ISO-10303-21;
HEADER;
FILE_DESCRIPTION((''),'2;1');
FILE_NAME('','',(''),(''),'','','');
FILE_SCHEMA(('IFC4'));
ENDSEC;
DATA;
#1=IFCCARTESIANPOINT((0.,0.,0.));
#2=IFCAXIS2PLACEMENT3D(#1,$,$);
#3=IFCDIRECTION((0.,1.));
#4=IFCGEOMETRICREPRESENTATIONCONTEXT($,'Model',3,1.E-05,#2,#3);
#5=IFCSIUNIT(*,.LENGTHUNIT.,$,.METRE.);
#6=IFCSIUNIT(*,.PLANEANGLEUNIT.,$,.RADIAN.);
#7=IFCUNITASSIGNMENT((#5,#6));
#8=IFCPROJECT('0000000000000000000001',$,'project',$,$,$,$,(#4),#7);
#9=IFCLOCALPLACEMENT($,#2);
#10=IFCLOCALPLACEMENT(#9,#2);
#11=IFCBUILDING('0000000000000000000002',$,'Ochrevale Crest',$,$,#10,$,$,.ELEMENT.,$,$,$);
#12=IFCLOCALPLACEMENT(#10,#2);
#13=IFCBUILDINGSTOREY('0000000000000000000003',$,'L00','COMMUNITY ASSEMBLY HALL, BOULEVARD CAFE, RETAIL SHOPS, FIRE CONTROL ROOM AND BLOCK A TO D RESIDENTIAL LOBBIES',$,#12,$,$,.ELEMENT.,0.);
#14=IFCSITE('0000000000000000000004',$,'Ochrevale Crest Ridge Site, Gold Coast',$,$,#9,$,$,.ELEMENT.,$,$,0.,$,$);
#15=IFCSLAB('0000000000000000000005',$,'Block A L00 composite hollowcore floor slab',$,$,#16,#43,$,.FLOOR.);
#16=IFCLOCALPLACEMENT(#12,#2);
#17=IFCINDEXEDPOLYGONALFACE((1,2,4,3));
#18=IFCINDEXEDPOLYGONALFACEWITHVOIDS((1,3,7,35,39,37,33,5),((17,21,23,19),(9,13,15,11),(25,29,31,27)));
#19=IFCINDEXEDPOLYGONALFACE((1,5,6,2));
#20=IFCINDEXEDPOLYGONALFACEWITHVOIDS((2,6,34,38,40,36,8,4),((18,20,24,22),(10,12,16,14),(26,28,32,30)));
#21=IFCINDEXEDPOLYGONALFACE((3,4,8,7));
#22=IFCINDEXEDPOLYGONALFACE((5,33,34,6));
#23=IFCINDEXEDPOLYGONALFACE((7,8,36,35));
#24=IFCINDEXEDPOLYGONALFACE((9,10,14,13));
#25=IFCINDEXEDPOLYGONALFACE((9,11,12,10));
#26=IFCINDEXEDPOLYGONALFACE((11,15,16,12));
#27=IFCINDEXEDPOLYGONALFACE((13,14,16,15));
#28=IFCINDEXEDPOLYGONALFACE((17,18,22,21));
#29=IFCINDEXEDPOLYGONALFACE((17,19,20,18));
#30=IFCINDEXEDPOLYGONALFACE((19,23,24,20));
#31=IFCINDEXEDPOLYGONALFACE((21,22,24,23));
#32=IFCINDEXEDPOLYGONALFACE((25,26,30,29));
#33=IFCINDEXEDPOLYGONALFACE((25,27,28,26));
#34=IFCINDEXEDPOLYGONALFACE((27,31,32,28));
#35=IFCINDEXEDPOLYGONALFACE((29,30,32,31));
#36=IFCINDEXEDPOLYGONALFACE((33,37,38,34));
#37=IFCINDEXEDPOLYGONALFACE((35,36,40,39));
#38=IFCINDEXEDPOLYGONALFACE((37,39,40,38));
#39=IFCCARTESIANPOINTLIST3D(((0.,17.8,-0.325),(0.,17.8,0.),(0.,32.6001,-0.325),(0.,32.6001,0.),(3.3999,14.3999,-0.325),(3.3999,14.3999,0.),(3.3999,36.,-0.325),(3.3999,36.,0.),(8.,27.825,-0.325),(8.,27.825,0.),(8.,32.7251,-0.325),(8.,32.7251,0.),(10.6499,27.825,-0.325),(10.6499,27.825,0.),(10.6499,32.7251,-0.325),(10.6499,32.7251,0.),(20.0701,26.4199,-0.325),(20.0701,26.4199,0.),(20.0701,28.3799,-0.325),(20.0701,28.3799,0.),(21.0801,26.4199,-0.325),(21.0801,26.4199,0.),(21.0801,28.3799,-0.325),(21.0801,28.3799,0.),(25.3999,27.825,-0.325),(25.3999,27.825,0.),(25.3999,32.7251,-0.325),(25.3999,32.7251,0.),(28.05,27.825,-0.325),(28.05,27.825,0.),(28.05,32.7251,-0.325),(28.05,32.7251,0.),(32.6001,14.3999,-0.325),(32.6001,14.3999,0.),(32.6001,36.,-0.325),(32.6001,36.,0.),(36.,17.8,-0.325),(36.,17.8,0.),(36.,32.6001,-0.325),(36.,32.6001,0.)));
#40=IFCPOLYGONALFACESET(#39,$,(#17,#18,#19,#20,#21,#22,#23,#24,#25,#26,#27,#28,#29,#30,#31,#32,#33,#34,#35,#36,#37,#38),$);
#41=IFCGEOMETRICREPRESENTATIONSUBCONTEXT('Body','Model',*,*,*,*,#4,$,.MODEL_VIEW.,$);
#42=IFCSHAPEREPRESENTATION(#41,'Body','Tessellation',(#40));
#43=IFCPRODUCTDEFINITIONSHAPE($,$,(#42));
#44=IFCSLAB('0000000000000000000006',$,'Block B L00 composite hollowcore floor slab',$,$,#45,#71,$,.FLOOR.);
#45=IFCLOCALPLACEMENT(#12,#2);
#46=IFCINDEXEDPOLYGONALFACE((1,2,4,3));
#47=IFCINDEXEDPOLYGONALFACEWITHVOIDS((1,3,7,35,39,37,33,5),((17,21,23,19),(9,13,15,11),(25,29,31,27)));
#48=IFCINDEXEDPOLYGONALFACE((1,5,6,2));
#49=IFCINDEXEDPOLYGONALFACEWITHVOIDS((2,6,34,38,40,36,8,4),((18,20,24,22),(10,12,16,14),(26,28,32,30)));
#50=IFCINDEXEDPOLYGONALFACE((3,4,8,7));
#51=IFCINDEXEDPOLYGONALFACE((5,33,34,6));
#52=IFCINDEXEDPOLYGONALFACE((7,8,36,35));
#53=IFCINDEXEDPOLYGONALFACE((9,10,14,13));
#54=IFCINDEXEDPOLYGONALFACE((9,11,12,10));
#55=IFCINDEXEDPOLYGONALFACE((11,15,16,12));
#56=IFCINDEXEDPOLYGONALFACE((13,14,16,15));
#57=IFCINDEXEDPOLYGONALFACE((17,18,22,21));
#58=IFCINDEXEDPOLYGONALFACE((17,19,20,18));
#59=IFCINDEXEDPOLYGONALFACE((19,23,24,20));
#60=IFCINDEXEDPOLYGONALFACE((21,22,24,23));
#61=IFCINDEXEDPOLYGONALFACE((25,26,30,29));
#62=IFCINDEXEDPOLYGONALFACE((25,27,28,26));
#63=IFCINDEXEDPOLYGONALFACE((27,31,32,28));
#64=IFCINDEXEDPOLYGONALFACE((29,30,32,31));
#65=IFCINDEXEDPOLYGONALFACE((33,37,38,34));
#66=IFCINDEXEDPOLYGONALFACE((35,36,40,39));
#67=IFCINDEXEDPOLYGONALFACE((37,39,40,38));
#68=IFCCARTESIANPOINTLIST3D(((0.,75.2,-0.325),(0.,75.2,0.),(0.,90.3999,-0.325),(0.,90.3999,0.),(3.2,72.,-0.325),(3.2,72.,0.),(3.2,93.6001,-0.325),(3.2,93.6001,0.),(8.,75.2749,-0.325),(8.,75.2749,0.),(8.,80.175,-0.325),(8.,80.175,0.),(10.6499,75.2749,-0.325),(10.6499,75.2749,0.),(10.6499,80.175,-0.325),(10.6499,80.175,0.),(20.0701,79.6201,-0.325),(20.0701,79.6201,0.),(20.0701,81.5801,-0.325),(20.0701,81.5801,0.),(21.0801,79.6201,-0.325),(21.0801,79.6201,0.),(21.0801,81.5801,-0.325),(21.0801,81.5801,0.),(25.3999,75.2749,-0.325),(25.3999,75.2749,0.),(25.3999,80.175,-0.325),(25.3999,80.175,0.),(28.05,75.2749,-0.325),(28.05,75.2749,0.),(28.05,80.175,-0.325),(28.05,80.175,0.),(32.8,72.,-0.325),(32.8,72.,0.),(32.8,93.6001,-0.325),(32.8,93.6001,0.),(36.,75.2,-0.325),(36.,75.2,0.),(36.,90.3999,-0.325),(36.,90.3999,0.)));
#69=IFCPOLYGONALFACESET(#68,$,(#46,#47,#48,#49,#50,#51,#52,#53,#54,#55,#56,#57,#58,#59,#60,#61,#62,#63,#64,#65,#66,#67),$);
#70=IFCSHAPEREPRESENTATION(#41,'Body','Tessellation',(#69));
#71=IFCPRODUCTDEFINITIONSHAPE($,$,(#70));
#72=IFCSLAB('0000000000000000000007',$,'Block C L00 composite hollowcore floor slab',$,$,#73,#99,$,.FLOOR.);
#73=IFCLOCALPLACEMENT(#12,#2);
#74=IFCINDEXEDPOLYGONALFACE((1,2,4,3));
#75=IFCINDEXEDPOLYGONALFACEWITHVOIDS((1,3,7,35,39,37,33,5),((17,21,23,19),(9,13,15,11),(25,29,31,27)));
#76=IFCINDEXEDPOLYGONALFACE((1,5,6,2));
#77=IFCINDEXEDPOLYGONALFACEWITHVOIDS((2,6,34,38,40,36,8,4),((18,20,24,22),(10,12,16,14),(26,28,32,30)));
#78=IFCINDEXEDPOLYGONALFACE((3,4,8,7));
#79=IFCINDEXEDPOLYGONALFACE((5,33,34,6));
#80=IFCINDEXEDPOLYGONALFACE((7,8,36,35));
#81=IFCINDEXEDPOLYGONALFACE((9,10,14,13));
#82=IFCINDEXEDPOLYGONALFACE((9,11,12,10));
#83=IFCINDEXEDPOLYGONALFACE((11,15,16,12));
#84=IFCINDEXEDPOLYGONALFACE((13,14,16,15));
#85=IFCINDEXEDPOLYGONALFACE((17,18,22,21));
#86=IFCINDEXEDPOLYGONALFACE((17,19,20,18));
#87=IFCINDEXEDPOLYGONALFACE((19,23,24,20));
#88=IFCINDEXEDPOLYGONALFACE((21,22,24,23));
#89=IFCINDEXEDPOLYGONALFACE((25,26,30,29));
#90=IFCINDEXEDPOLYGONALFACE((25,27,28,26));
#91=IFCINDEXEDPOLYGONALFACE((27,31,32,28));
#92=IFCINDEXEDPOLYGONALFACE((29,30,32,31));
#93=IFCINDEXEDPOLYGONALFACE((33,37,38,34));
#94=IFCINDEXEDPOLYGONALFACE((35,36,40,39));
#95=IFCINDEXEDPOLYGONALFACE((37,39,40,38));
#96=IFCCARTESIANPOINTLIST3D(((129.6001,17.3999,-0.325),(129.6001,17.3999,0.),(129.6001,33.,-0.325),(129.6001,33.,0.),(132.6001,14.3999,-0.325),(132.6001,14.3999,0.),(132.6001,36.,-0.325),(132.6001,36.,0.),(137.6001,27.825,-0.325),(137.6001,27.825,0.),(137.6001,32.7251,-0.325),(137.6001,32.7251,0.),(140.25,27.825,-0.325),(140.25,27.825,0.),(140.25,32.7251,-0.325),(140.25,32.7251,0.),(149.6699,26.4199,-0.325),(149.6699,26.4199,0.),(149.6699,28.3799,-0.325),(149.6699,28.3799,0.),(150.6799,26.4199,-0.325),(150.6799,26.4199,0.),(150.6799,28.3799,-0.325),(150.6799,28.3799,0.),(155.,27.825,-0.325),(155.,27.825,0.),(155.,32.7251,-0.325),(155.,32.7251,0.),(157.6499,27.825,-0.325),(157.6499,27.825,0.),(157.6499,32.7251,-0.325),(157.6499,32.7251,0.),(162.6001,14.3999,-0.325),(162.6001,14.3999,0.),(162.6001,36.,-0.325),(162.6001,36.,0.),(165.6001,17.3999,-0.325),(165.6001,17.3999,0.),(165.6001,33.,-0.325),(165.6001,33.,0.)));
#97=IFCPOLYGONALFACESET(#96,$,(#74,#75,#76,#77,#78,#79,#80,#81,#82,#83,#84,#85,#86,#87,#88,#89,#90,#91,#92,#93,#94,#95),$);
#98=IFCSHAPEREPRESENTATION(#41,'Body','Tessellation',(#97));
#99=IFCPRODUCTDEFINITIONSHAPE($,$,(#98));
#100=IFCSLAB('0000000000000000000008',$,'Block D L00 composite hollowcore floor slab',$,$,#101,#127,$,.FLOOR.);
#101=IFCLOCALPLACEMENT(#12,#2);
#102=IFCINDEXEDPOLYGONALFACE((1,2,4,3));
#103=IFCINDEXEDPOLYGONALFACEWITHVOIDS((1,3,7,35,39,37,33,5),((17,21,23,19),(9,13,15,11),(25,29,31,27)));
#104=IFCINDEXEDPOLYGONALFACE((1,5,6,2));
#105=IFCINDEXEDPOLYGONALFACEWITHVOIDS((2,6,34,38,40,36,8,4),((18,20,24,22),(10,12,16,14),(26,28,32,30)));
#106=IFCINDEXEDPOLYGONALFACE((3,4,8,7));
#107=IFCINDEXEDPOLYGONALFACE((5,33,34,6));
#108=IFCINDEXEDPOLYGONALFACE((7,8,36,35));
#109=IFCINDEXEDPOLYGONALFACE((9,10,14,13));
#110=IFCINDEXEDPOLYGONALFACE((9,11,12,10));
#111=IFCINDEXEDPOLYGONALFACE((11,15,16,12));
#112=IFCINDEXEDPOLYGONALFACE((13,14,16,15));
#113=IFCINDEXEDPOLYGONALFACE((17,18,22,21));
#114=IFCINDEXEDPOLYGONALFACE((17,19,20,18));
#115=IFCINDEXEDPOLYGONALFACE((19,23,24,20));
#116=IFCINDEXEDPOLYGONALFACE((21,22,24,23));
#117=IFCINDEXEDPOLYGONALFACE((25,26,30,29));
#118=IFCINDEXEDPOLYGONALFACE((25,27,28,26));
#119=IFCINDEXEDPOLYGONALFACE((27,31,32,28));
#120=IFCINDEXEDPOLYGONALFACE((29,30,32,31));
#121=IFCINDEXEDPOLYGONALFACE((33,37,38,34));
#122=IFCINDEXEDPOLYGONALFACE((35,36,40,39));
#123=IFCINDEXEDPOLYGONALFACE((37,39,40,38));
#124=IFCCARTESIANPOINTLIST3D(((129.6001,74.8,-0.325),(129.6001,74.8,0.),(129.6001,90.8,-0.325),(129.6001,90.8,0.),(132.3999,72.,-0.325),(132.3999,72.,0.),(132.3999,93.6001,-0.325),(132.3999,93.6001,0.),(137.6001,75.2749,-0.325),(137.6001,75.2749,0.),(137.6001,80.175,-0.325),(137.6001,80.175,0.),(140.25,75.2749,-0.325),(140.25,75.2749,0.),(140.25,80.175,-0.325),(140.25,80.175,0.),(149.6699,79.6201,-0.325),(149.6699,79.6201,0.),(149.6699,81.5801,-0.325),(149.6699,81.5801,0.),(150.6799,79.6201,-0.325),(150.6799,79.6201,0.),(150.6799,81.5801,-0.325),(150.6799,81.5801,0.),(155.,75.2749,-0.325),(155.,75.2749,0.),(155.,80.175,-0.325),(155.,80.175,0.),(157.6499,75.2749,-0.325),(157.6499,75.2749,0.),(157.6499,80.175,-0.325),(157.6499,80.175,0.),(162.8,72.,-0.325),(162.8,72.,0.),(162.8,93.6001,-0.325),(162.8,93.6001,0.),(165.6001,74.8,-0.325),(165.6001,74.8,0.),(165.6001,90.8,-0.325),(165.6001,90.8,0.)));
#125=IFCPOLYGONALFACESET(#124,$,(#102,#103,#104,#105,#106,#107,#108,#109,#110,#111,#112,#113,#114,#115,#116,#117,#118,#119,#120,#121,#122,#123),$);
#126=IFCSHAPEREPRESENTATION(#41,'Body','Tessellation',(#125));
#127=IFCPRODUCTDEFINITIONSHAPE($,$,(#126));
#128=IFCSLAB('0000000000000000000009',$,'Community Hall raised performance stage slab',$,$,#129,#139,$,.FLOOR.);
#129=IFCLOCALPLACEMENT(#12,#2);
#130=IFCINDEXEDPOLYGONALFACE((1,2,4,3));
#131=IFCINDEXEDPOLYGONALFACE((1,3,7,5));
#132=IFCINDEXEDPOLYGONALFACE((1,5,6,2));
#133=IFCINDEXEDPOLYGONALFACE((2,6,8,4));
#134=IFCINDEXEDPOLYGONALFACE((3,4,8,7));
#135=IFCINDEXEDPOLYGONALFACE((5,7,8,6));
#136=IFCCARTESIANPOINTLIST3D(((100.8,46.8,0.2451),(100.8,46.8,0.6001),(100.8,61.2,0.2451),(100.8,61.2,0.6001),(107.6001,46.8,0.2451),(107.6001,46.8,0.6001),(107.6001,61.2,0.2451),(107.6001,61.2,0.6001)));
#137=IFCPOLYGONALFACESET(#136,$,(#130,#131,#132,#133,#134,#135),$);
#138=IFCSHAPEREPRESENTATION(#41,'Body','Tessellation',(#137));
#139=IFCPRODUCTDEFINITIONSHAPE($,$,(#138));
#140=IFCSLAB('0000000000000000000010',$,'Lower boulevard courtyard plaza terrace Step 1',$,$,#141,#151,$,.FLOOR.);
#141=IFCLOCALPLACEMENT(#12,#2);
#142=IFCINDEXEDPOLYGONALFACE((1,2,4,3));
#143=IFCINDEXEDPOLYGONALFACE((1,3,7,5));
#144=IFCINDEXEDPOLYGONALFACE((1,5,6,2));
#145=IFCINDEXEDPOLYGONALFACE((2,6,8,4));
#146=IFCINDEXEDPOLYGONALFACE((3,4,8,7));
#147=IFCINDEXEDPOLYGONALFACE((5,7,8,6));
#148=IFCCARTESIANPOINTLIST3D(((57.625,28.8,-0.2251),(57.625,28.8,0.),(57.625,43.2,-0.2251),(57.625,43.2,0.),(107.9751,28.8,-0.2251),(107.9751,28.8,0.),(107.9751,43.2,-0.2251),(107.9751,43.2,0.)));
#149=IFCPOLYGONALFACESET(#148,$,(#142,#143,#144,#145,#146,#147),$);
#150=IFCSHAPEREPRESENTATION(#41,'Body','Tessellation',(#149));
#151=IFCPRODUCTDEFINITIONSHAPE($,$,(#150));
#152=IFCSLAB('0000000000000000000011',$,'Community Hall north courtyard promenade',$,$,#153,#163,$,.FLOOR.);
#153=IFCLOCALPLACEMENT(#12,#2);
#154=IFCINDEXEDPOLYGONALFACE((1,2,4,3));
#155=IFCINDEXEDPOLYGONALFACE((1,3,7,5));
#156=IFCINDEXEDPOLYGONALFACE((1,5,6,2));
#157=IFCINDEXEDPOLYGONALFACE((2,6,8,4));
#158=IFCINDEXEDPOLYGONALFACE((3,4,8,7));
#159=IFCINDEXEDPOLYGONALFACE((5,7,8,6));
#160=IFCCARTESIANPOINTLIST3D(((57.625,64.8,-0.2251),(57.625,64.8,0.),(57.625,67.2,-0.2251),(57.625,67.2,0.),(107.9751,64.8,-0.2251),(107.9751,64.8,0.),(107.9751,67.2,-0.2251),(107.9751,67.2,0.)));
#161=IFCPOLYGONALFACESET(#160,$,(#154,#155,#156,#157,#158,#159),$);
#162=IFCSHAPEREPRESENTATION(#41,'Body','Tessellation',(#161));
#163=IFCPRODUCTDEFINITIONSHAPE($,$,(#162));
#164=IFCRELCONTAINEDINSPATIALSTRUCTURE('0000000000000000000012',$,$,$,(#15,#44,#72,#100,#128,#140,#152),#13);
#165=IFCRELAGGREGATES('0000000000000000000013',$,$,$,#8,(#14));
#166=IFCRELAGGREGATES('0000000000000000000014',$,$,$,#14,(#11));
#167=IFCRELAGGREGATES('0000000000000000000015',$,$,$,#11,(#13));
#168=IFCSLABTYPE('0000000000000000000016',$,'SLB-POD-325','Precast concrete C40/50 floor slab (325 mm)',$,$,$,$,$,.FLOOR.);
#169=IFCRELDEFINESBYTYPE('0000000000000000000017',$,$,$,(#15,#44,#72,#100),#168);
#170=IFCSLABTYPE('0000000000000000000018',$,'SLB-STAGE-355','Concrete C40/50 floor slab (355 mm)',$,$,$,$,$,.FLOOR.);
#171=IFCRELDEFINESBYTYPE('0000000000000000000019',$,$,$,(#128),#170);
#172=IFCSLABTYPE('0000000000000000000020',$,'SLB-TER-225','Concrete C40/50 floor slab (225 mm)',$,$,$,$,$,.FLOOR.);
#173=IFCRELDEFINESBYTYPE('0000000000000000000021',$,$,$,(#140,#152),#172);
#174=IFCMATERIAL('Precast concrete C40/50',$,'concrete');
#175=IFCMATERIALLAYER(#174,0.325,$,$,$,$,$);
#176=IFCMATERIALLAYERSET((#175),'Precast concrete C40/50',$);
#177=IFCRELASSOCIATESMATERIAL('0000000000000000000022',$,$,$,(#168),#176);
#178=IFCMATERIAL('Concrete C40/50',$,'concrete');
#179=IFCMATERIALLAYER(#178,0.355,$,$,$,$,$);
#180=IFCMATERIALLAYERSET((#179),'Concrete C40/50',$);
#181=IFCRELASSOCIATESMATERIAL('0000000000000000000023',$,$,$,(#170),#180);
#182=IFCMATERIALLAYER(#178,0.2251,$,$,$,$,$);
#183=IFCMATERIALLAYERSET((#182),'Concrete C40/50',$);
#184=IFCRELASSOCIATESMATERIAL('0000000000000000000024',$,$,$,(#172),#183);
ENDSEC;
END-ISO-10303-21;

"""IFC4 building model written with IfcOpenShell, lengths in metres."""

from ifc_helpers import new_model, si_unit, direction, frame, origin, place, context, subcontext, project, spatial, polyline, outline, extrude, material, layer, layer_set, type_object, element, save


model = new_model("IFC4")

# Units and contexts
model_context = context("Model", 3, precision=1e-05, world=origin(), true_north=direction((0.0, 1.0)))
body_context = subcontext(model_context, "Body", "Model", "MODEL_VIEW")
ifc_project = project(units=[si_unit("LENGTHUNIT", "METRE"), si_unit("PLANEANGLEUNIT", "RADIAN")], contexts=[model_context])

# Site, building, storey
site_placement = place(None, origin())
site = spatial("IfcSite", under=ifc_project, at=site_placement, Name="Ochrevale Crest Ridge Site, Gold Coast", CompositionType="ELEMENT", RefElevation=0.0)
building_placement = place(site_placement, origin())
building = spatial("IfcBuilding", under=site, at=building_placement, Name="Ochrevale Crest", CompositionType="ELEMENT")
storey_placement = place(building_placement, origin())
storey = spatial("IfcBuildingStorey", under=building, at=storey_placement, Name="L00", Description="COMMUNITY ASSEMBLY HALL, BOULEVARD CAFE, RETAIL SHOPS, FIRE CONTROL ROOM AND BLOCK A TO D RESIDENTIAL LOBBIES", CompositionType="ELEMENT", Elevation=0.0)

# Shared definitions
ifc_material_1 = material(Name="Concrete C40/50", Category="concrete")

# Slabs
ifc_material_2 = material(Name="Precast concrete C40/50", Category="concrete")
ifc_layer_1 = layer(ifc_material_2, 0.325)
ifc_layer_set_1 = layer_set([ifc_layer_1], Name="Precast concrete C40/50")
slab_type_1 = type_object("IfcSlabType", Name="SLB-POD-325", Description="Precast concrete C40/50 floor slab (325 mm)", PredefinedType="FLOOR", material=ifc_layer_set_1)
slab_1_placement = place(storey_placement, frame((0.0, 0.0, -0.325)))
element("IfcSlab", 1, at=slab_1_placement, inside=storey, type_object=slab_type_1, Name="Block A L00 composite hollowcore floor slab", PredefinedType="FLOOR", context=body_context, shape_type="SweptSolid", body=[
    extrude(outline(polyline([(3.3999, 14.3999), (32.6001, 14.3999), (36.0, 17.8), (36.0, 32.6001), (32.6001, 36.0), (3.3999, 36.0), (0.0, 32.6001), (0.0, 17.8), (3.3999, 14.3999)]), holes=[polyline([(10.6499, 27.825), (10.6499, 32.7251), (8.0, 32.7251), (8.0, 27.825), (10.6499, 27.825)]), polyline([(28.05, 27.825), (28.05, 32.7251), (25.3999, 32.7251), (25.3999, 27.825), (28.05, 27.825)]), polyline([(20.0701, 26.4199), (21.0801, 26.4199), (21.0801, 28.3799), (20.0701, 28.3799), (20.0701, 26.4199)])]), origin(), (0.0, 0.0, 1.0), 0.325),
])
slab_2_placement = place(storey_placement, frame((0.0, 0.0, -0.325)))
element("IfcSlab", 2, at=slab_2_placement, inside=storey, type_object=slab_type_1, Name="Block B L00 composite hollowcore floor slab", PredefinedType="FLOOR", context=body_context, shape_type="SweptSolid", body=[
    extrude(outline(polyline([(3.2, 72.0), (32.8, 72.0), (36.0, 75.2), (36.0, 90.3999), (32.8, 93.6001), (3.2, 93.6001), (0.0, 90.3999), (0.0, 75.2), (3.2, 72.0)]), holes=[polyline([(8.0, 80.175), (8.0, 75.2749), (10.6499, 75.2749), (10.6499, 80.175), (8.0, 80.175)]), polyline([(25.3999, 80.175), (25.3999, 75.2749), (28.05, 75.2749), (28.05, 80.175), (25.3999, 80.175)]), polyline([(20.0701, 79.6201), (21.0801, 79.6201), (21.0801, 81.5801), (20.0701, 81.5801), (20.0701, 79.6201)])]), origin(), (0.0, 0.0, 1.0), 0.325),
])
slab_3_placement = place(storey_placement, frame((0.0, 0.0, -0.325)))
element("IfcSlab", 3, at=slab_3_placement, inside=storey, type_object=slab_type_1, Name="Block C L00 composite hollowcore floor slab", PredefinedType="FLOOR", context=body_context, shape_type="SweptSolid", body=[
    extrude(outline(polyline([(132.6001, 14.3999), (162.6001, 14.3999), (165.6001, 17.3999), (165.6001, 33.0), (162.6001, 36.0), (132.6001, 36.0), (129.6001, 33.0), (129.6001, 17.3999), (132.6001, 14.3999)]), holes=[polyline([(140.25, 27.825), (140.25, 32.7251), (137.6001, 32.7251), (137.6001, 27.825), (140.25, 27.825)]), polyline([(157.6499, 27.825), (157.6499, 32.7251), (155.0, 32.7251), (155.0, 27.825), (157.6499, 27.825)]), polyline([(149.6699, 26.4199), (150.6799, 26.4199), (150.6799, 28.3799), (149.6699, 28.3799), (149.6699, 26.4199)])]), origin(), (0.0, 0.0, 1.0), 0.325),
])
slab_4_placement = place(storey_placement, frame((0.0, 0.0, -0.325)))
element("IfcSlab", 4, at=slab_4_placement, inside=storey, type_object=slab_type_1, Name="Block D L00 composite hollowcore floor slab", PredefinedType="FLOOR", context=body_context, shape_type="SweptSolid", body=[
    extrude(outline(polyline([(132.3999, 72.0), (162.8, 72.0), (165.6001, 74.8), (165.6001, 90.8), (162.8, 93.6001), (132.3999, 93.6001), (129.6001, 90.8), (129.6001, 74.8), (132.3999, 72.0)]), holes=[polyline([(137.6001, 80.175), (137.6001, 75.2749), (140.25, 75.2749), (140.25, 80.175), (137.6001, 80.175)]), polyline([(155.0, 80.175), (155.0, 75.2749), (157.6499, 75.2749), (157.6499, 80.175), (155.0, 80.175)]), polyline([(149.6699, 79.6201), (150.6799, 79.6201), (150.6799, 81.5801), (149.6699, 81.5801), (149.6699, 79.6201)])]), origin(), (0.0, 0.0, 1.0), 0.325),
])
ifc_layer_2 = layer(ifc_material_1, 0.355)
ifc_layer_set_2 = layer_set([ifc_layer_2], Name="Concrete C40/50")
slab_type_2 = type_object("IfcSlabType", Name="SLB-STAGE-355", Description="Concrete C40/50 floor slab (355 mm)", PredefinedType="FLOOR", material=ifc_layer_set_2)
slab_5_placement = place(storey_placement, frame((0.0, 0.0, 0.2451)))
element("IfcSlab", 5, at=slab_5_placement, inside=storey, type_object=slab_type_2, Name="Community Hall raised performance stage slab", PredefinedType="FLOOR", context=body_context, shape_type="SweptSolid", body=[
    extrude(outline(polyline([(100.8, 46.8), (107.6001, 46.8), (107.6001, 61.2), (100.8, 61.2), (100.8, 46.8)])), origin(), (0.0, 0.0, 1.0), 0.355),
])
ifc_layer_3 = layer(ifc_material_1, 0.2251)
ifc_layer_set_3 = layer_set([ifc_layer_3], Name="Concrete C40/50")
slab_type_3 = type_object("IfcSlabType", Name="SLB-TER-225", Description="Concrete C40/50 floor slab (225 mm)", PredefinedType="FLOOR", material=ifc_layer_set_3)
slab_6_placement = place(storey_placement, frame((0.0, 0.0, -0.2251)))
element("IfcSlab", 6, at=slab_6_placement, inside=storey, type_object=slab_type_3, Name="Lower boulevard courtyard plaza terrace Step 1", PredefinedType="FLOOR", context=body_context, shape_type="SweptSolid", body=[
    extrude(outline(polyline([(57.625, 28.8), (107.9751, 28.8), (107.9751, 43.2), (57.625, 43.2), (57.625, 28.8)])), origin(), (0.0, 0.0, 1.0), 0.2251),
])
slab_7_placement = place(storey_placement, frame((0.0, 0.0, -0.2251)))
element("IfcSlab", 7, at=slab_7_placement, inside=storey, type_object=slab_type_3, Name="Community Hall north courtyard promenade", PredefinedType="FLOOR", context=body_context, shape_type="SweptSolid", body=[
    extrude(outline(polyline([(57.625, 64.8), (107.9751, 64.8), (107.9751, 67.2), (57.625, 67.2), (57.625, 64.8)])), origin(), (0.0, 0.0, 1.0), 0.2251),
])

save(model, "model.ifc")
